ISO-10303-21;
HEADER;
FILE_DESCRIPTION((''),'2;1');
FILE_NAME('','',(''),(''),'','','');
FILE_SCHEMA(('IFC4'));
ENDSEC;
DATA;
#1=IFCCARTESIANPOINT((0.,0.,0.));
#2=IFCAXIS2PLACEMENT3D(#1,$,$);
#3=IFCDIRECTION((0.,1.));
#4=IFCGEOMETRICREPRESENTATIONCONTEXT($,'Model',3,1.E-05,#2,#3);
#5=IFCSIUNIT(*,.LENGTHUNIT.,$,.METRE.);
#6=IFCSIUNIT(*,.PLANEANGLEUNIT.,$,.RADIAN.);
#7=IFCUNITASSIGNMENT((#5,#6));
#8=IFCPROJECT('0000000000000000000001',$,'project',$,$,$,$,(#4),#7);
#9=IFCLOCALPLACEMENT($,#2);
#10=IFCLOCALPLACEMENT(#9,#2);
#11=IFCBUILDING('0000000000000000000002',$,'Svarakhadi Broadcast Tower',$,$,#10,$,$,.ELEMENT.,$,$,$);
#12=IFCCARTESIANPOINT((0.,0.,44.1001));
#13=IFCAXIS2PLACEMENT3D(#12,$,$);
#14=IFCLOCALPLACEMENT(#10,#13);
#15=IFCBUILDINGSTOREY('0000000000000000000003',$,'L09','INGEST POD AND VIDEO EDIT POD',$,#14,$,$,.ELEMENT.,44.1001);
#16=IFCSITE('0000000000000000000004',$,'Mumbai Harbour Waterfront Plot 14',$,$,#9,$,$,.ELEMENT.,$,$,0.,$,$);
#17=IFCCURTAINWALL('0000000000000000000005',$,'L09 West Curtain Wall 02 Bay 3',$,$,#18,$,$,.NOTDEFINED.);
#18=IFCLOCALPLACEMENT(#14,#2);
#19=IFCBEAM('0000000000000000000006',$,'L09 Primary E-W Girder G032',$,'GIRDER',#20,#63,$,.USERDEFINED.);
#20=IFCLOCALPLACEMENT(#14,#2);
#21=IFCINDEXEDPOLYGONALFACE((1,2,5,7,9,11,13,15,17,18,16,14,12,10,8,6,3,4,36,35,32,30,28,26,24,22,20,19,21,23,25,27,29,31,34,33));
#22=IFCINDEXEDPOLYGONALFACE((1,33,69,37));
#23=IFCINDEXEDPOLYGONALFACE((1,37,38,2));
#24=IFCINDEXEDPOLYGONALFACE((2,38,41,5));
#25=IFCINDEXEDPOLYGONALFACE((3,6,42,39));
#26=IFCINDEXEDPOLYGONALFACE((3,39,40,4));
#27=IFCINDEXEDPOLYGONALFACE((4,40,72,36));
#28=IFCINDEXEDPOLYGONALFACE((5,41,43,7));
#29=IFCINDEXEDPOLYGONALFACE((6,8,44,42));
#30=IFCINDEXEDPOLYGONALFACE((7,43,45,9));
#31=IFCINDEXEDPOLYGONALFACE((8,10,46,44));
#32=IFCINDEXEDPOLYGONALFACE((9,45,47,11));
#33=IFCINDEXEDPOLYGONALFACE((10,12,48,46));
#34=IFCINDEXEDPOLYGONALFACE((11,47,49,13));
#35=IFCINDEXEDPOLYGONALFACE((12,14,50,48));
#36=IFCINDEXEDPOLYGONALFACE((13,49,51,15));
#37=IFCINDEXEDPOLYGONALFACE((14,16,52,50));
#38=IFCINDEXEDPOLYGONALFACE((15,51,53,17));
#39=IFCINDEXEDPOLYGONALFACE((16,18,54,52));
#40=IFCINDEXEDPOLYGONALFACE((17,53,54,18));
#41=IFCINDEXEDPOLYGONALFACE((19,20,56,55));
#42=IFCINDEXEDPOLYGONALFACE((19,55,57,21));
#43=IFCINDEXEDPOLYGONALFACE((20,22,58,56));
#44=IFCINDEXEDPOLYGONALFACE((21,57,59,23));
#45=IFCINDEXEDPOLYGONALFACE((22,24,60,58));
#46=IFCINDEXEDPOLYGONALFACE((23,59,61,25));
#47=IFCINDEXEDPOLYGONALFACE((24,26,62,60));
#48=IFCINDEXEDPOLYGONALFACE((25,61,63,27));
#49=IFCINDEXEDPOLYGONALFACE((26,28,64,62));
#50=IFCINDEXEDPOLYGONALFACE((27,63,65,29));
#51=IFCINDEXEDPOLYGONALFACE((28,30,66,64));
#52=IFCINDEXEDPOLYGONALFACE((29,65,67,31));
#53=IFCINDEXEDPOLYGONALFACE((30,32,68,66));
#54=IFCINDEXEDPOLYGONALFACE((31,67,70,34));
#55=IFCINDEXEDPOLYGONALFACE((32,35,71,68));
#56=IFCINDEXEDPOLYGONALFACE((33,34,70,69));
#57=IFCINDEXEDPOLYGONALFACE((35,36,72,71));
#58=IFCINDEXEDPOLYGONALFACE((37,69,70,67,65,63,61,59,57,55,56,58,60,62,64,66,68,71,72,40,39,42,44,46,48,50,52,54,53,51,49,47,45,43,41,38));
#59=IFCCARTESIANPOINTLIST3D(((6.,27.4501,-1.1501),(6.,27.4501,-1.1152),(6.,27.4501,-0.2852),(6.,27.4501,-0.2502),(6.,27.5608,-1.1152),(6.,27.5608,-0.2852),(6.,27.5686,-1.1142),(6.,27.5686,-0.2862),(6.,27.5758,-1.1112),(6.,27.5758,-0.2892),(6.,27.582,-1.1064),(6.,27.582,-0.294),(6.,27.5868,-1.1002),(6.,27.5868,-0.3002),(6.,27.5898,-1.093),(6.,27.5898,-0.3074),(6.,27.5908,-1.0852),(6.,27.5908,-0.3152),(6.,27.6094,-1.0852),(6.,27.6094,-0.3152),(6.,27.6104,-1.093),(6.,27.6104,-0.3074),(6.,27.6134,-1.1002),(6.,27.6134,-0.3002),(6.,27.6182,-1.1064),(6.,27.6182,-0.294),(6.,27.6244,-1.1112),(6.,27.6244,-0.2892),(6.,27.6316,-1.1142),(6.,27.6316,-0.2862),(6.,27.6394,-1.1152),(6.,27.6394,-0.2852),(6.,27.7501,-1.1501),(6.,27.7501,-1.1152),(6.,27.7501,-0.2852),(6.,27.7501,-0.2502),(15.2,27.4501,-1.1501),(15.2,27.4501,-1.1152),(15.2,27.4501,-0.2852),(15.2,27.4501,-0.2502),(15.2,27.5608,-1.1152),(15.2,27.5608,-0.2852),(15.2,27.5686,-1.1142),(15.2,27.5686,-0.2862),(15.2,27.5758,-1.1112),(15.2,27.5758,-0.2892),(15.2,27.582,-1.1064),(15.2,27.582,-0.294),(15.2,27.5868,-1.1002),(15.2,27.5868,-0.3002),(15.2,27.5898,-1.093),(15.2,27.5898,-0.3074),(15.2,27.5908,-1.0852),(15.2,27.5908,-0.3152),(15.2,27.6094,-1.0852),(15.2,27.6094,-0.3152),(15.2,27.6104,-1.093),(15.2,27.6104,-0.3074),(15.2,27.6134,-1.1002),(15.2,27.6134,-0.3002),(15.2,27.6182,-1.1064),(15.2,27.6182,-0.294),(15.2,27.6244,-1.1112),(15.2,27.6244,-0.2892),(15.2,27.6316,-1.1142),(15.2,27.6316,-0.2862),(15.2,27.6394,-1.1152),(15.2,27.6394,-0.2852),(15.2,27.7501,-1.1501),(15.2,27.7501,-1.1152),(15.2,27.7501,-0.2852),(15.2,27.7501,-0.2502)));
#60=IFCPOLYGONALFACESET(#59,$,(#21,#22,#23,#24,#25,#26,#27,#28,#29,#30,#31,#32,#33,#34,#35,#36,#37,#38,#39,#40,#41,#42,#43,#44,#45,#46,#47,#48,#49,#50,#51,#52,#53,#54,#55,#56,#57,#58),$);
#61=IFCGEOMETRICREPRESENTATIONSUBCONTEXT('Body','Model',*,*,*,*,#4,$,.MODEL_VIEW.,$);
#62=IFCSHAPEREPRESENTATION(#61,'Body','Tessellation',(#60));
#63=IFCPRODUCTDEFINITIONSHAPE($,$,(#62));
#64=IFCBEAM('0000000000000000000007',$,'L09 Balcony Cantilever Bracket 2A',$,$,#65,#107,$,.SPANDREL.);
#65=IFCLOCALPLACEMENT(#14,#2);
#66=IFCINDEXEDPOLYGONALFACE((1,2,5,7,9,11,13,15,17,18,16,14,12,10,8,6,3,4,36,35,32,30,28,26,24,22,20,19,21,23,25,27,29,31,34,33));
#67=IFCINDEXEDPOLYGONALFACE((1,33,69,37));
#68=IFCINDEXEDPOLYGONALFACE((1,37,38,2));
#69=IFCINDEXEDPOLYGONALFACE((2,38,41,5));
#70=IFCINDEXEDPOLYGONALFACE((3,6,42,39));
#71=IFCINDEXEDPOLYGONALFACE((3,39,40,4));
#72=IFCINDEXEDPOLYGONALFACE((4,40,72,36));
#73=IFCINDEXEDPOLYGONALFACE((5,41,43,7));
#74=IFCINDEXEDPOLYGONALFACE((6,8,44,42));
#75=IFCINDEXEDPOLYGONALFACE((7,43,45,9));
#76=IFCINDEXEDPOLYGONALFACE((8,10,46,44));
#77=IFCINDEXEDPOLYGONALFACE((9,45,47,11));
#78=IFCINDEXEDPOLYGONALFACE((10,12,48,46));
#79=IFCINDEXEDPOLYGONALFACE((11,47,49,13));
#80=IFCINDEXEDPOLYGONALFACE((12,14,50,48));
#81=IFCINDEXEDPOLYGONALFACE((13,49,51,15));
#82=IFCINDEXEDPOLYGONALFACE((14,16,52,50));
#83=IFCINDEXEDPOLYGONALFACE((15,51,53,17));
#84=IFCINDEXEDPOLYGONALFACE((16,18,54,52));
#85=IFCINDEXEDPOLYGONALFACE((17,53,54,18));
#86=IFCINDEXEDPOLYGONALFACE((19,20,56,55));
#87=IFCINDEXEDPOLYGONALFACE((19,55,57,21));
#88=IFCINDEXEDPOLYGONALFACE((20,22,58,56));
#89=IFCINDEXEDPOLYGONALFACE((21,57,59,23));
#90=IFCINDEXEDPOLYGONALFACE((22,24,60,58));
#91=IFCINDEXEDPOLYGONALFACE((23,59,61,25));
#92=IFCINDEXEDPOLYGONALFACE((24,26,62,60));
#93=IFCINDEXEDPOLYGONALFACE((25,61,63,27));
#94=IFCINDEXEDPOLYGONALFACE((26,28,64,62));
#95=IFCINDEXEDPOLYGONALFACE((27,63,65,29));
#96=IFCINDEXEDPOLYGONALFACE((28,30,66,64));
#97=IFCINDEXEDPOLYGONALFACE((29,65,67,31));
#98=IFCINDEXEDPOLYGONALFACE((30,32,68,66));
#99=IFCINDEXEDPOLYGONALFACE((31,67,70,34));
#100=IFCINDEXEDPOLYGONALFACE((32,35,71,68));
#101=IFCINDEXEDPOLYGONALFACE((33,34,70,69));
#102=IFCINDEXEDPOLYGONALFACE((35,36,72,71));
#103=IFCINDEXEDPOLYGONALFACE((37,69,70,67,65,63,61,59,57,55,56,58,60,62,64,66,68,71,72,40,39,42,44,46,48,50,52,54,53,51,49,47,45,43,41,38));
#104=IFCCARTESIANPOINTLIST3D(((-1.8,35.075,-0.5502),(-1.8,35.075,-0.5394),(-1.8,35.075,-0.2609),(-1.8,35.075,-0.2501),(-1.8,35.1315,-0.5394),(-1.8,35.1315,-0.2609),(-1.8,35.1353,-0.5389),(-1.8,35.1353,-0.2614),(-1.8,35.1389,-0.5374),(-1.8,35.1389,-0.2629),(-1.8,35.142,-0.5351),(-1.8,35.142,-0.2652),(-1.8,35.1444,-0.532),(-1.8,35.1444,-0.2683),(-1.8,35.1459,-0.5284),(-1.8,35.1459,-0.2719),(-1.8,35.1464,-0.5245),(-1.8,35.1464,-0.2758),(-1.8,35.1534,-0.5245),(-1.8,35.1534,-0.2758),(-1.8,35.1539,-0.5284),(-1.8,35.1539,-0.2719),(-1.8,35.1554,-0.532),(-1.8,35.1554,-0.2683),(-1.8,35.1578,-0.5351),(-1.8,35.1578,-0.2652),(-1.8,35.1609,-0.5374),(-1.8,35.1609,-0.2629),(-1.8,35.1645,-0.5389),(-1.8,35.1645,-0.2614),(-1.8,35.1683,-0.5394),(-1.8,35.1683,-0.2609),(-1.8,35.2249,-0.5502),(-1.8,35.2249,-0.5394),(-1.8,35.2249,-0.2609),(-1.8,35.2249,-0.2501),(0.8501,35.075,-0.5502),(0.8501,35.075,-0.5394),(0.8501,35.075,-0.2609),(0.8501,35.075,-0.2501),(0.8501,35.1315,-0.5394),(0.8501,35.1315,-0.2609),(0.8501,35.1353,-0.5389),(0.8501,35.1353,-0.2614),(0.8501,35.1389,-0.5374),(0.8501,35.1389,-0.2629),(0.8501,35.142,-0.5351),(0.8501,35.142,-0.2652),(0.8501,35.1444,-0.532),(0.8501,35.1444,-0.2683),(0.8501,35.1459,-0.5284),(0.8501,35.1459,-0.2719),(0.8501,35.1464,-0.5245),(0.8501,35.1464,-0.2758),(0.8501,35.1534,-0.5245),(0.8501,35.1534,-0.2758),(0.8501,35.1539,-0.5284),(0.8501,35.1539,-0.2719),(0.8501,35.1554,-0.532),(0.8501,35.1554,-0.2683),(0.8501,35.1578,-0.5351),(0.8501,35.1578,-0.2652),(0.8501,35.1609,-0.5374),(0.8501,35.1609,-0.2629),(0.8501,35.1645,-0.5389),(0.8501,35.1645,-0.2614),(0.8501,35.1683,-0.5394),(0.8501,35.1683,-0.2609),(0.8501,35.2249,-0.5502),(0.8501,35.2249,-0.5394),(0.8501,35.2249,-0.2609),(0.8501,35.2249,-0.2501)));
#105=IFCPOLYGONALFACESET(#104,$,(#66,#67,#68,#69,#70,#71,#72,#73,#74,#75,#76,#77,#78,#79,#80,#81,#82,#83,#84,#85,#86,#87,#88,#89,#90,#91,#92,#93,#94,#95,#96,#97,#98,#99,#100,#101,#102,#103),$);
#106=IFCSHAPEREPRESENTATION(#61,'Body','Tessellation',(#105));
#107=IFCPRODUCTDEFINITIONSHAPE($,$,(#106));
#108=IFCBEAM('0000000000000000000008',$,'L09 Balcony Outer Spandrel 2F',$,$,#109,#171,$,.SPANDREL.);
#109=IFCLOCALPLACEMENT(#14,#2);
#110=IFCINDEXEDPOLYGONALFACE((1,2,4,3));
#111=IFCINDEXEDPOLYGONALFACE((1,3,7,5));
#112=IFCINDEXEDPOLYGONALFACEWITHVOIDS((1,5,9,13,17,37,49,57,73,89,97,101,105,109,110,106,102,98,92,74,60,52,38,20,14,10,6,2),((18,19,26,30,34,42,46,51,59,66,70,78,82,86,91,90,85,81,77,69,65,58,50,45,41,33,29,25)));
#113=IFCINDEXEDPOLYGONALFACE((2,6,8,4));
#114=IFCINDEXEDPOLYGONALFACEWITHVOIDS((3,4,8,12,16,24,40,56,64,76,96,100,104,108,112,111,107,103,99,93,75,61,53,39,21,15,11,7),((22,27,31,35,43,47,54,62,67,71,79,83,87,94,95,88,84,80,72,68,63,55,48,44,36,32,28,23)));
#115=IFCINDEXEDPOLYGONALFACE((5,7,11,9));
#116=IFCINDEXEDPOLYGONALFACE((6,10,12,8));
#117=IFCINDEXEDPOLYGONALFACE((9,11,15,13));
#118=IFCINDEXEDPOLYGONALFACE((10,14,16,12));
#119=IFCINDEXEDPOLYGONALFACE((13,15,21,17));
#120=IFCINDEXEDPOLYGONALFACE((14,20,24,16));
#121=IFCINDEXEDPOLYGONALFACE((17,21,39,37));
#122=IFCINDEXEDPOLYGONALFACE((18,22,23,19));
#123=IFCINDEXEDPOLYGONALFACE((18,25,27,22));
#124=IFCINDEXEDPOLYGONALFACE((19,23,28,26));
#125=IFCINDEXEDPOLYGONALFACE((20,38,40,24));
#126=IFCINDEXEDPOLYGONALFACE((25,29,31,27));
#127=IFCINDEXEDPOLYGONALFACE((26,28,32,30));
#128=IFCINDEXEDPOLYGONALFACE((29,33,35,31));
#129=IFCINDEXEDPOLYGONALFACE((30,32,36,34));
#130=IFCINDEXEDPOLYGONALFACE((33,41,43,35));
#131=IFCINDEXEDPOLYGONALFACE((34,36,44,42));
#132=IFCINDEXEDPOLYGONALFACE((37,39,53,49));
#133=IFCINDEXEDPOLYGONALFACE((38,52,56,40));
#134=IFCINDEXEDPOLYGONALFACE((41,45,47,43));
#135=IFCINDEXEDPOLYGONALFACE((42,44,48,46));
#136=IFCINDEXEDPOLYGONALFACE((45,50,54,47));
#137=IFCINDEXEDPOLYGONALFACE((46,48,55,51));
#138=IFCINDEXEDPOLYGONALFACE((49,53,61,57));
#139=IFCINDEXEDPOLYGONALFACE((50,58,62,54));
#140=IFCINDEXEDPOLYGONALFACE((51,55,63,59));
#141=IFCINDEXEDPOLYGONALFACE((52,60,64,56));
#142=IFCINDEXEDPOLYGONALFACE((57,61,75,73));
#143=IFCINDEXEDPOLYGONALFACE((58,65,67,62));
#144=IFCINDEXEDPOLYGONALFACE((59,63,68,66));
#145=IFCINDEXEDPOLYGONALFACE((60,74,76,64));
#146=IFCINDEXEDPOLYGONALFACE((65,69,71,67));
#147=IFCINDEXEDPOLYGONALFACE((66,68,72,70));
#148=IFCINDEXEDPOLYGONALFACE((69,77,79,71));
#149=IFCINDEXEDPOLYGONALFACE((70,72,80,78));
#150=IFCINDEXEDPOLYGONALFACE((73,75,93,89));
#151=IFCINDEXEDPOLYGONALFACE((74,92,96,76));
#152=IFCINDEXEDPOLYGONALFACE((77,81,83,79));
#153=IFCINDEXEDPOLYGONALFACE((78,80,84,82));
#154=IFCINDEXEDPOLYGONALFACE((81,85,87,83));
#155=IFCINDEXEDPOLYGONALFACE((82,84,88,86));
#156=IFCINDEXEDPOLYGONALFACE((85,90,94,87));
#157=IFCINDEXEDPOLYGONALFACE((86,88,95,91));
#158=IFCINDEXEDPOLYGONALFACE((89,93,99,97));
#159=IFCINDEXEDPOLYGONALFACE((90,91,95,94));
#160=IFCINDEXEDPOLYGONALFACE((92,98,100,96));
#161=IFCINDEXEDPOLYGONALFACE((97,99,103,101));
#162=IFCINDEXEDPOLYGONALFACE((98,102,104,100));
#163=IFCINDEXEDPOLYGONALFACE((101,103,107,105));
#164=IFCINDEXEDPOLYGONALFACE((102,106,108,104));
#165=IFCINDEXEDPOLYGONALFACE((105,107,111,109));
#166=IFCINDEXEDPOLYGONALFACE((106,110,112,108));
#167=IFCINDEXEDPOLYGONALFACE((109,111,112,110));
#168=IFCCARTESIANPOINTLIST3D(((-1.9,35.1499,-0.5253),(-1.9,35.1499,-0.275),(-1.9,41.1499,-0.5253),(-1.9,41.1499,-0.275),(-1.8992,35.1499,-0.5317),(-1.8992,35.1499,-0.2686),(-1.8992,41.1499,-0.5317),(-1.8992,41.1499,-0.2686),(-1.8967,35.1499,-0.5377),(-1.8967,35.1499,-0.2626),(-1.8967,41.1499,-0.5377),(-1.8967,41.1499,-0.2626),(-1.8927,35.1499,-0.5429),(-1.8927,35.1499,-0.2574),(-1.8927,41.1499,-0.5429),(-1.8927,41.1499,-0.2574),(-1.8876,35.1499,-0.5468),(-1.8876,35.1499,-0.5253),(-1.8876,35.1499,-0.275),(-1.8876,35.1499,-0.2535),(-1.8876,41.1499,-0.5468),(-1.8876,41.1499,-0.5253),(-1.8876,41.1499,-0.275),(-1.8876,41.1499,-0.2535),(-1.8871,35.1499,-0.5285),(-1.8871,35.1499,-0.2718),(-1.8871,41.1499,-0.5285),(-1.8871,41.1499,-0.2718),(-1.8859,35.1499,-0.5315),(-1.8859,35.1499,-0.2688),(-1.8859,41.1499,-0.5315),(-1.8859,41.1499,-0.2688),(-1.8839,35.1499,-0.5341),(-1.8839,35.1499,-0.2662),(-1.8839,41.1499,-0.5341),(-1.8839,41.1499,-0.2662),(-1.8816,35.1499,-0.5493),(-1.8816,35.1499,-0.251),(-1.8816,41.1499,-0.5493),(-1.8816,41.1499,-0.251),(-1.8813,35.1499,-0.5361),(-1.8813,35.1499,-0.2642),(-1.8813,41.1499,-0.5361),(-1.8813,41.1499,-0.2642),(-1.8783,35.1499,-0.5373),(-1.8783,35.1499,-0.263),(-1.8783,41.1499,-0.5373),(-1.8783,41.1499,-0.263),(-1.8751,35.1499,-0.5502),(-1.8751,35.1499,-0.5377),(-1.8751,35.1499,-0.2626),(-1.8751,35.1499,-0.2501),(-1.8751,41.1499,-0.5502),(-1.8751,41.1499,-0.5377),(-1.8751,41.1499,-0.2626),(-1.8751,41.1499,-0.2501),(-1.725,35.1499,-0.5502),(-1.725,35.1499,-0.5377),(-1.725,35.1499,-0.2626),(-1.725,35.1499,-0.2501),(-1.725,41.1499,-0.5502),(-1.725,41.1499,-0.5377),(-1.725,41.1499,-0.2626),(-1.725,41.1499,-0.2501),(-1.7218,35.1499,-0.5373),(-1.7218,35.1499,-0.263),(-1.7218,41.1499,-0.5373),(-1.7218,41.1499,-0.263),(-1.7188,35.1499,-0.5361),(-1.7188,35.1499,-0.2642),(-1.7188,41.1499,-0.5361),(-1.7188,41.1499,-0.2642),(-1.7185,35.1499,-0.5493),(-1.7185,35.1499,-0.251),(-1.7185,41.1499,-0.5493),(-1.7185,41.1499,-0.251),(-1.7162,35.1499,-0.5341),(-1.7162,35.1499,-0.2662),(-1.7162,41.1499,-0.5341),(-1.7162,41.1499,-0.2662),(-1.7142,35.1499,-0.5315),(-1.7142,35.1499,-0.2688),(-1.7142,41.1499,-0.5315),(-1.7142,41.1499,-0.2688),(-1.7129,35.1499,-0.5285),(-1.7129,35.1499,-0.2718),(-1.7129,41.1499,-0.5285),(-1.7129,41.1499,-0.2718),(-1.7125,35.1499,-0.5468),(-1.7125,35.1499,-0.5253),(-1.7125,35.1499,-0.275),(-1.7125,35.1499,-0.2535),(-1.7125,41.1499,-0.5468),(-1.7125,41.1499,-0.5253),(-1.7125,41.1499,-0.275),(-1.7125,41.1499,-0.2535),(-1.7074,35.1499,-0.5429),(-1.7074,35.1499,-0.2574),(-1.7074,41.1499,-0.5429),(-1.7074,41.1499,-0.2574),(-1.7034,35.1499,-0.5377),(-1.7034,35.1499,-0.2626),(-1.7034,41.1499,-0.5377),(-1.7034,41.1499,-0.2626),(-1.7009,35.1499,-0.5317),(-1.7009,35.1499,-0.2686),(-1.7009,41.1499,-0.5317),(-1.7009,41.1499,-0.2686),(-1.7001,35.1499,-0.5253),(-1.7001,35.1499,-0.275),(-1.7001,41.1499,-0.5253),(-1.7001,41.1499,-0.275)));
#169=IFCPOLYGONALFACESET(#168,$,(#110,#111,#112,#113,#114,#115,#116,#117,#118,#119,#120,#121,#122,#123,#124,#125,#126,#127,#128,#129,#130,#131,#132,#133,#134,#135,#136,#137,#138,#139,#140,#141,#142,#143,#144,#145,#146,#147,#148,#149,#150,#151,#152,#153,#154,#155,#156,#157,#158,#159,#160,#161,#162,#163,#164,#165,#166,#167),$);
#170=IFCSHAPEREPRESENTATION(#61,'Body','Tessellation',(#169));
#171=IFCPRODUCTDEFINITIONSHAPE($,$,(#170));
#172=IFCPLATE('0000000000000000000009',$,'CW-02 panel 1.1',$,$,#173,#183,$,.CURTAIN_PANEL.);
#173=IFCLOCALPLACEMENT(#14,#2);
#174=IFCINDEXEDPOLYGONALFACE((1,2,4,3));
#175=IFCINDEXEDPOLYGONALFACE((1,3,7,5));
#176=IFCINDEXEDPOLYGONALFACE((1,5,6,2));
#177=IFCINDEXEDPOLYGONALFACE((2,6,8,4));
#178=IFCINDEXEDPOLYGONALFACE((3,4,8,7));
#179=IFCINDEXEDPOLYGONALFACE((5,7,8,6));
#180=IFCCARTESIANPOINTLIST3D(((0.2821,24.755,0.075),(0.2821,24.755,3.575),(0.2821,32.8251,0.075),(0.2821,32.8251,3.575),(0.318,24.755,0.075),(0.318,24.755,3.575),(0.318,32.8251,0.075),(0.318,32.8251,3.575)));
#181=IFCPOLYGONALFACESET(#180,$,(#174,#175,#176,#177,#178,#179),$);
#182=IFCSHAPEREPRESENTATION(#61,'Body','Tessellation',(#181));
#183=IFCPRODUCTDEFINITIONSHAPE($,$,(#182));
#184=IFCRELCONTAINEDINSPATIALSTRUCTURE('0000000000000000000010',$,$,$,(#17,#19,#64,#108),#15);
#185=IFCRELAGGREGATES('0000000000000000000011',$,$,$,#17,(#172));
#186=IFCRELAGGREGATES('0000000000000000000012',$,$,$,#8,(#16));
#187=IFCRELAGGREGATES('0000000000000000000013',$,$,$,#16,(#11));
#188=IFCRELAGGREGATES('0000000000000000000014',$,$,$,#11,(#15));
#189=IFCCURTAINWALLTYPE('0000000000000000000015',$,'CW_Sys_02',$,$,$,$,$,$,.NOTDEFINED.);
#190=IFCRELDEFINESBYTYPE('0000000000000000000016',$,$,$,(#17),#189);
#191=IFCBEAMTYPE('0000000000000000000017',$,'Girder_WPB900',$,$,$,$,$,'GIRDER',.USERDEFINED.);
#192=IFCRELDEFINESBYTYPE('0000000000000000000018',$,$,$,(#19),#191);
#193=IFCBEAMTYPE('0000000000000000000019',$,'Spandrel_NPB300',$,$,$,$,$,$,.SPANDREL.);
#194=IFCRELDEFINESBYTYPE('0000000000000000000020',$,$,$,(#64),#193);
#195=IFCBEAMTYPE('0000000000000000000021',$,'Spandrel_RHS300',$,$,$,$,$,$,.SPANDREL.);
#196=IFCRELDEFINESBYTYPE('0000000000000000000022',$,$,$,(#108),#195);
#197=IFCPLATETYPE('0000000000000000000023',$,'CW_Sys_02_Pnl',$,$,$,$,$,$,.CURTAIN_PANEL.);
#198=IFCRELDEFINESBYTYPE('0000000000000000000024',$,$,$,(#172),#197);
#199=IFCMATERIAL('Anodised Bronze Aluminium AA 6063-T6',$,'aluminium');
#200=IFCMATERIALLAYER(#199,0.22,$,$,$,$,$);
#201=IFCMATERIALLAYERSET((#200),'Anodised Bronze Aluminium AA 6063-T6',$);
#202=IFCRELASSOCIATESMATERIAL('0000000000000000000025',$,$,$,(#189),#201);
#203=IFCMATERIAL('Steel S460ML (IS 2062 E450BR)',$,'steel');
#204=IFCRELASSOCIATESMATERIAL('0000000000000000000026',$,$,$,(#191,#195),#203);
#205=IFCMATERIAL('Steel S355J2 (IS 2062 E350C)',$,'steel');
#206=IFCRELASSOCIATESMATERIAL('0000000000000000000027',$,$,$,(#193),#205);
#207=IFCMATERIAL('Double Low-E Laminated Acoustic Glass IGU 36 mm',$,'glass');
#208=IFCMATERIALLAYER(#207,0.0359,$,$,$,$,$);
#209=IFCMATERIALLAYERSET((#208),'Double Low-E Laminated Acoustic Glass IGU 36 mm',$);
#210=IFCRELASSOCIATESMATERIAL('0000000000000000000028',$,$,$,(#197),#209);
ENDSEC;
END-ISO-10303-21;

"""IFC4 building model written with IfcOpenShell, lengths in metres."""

from ifc_helpers import new_model, si_unit, direction, frame, origin, origin_2d, place, context, subcontext, project, spatial, rectangle, hollow_rectangle, i_section, extrude, material, layer, layer_set, material_profile, profile_set, type_object, element, aggregate, save


model = new_model("IFC4")

# Units and contexts
model_context = context("Model", 3, precision=1e-05, world=origin(), true_north=direction((0.0, 1.0)))
body_context = subcontext(model_context, "Body", "Model", "MODEL_VIEW")
ifc_project = project(units=[si_unit("LENGTHUNIT", "METRE"), si_unit("PLANEANGLEUNIT", "RADIAN")], contexts=[model_context])

# Site, building, storey
site_placement = place(None, origin())
site = spatial("IfcSite", under=ifc_project, at=site_placement, Name="Mumbai Harbour Waterfront Plot 14", CompositionType="ELEMENT", RefElevation=0.0)
building_placement = place(site_placement, origin())
building = spatial("IfcBuilding", under=site, at=building_placement, Name="Svarakhadi Broadcast Tower", CompositionType="ELEMENT")
storey_placement = place(building_placement, frame((0.0, 0.0, 44.1001)))
storey = spatial("IfcBuildingStorey", under=building, at=storey_placement, Name="L09", Description="INGEST POD AND VIDEO EDIT POD", CompositionType="ELEMENT", Elevation=44.1001)

# Shared definitions
ifc_material_1 = material(Name="Steel S460ML (IS 2062 E450BR)", Category="steel")

# Shared definitions
ifc_material_2 = material(Name="Steel S355J2 (IS 2062 E350C)", Category="steel")

# Curtain wall
ifc_material_3 = material(Name="Anodised Bronze Aluminium AA 6063-T6", Category="aluminium")
ifc_layer_1 = layer(ifc_material_3, 0.22)
ifc_layer_set_1 = layer_set([ifc_layer_1], Name="Anodised Bronze Aluminium AA 6063-T6")
curtain_wall_type = type_object("IfcCurtainWallType", Name="CW_Sys_02", PredefinedType="NOTDEFINED", material=ifc_layer_set_1)
curtain_wall_placement = place(storey_placement, origin())
curtain_wall = element("IfcCurtainWall", 1, at=curtain_wall_placement, inside=storey, type_object=curtain_wall_type, Name="L09 West Curtain Wall 02 Bay 3", PredefinedType="NOTDEFINED")

# Beams
ifc_material_profile_1 = material_profile(ifc_material_1, i_section(OverallWidth=0.3, OverallDepth=0.8999, WebThickness=0.0186, FlangeThickness=0.0349, FilletRadius=0.03, at=origin_2d()), Name="WPB 900x300x291")
ifc_profile_set_1 = profile_set([ifc_material_profile_1], Name="Steel S460ML (IS 2062 E450BR)")
beam_type_1 = type_object("IfcBeamType", Name="Girder_WPB900", ElementType="GIRDER", PredefinedType="USERDEFINED", material=ifc_profile_set_1)
beam_1_placement = place(storey_placement, frame((6.0, 27.6001, -0.7002), z_axis=(1.0, 0.0, 0.0), x_axis=(0.0, 1.0, 0.0)))
element("IfcBeam", 2, at=beam_1_placement, inside=storey, type_object=beam_type_1, Name="L09 Primary E-W Girder G032", ObjectType="GIRDER", PredefinedType="USERDEFINED", context=body_context, shape_type="SweptSolid", body=[
    extrude(i_section(OverallWidth=0.3, OverallDepth=0.8999, WebThickness=0.0186, FlangeThickness=0.0349, FilletRadius=0.03, at=origin_2d()), origin(), (0.0, 0.0, 1.0), 9.2),
])
ifc_material_profile_2 = material_profile(ifc_material_2, i_section(OverallWidth=0.1499, OverallDepth=0.3, WebThickness=0.0071, FlangeThickness=0.0107, FilletRadius=0.0149, at=origin_2d()), Name="NPB 300x150x37")
ifc_profile_set_2 = profile_set([ifc_material_profile_2], Name="Steel S355J2 (IS 2062 E350C)")
beam_type_2 = type_object("IfcBeamType", Name="Spandrel_NPB300", PredefinedType="SPANDREL", material=ifc_profile_set_2)
beam_2_placement = place(storey_placement, frame((0.8501, 35.1499, -0.4001), z_axis=(-1.0, 0.0, 0.0), x_axis=(0.0, -1.0, 0.0)))
element("IfcBeam", 3, at=beam_2_placement, inside=storey, type_object=beam_type_2, Name="L09 Balcony Cantilever Bracket 2A", PredefinedType="SPANDREL", context=body_context, shape_type="SweptSolid", body=[
    extrude(i_section(OverallWidth=0.1499, OverallDepth=0.3, WebThickness=0.0071, FlangeThickness=0.0107, FilletRadius=0.0149, at=origin_2d()), origin(), (0.0, 0.0, 1.0), 2.6501),
])
ifc_material_profile_3 = material_profile(ifc_material_1, hollow_rectangle(XDim=0.2, YDim=0.3, WallThickness=0.0125, InnerFilletRadius=0.0125, OuterFilletRadius=0.0249, at=origin_2d()), Name="RHS 300x200x12.5")
ifc_profile_set_3 = profile_set([ifc_material_profile_3], Name="Steel S460ML (IS 2062 E450BR)")
beam_type_3 = type_object("IfcBeamType", Name="Spandrel_RHS300", PredefinedType="SPANDREL", material=ifc_profile_set_3)
beam_3_placement = place(storey_placement, frame((-1.8, 35.1499, -0.4001), z_axis=(0.0, 1.0, 0.0), x_axis=(-1.0, 0.0, 0.0)))
element("IfcBeam", 4, at=beam_3_placement, inside=storey, type_object=beam_type_3, Name="L09 Balcony Outer Spandrel 2F", PredefinedType="SPANDREL", context=body_context, shape_type="SweptSolid", body=[
    extrude(hollow_rectangle(XDim=0.2, YDim=0.3, WallThickness=0.0125, InnerFilletRadius=0.0125, OuterFilletRadius=0.0249, at=origin_2d()), origin(), (0.0, 0.0, 1.0), 6.0),
])

# Plate
ifc_material_4 = material(Name="Double Low-E Laminated Acoustic Glass IGU 36 mm", Category="glass")
ifc_layer_2 = layer(ifc_material_4, 0.0359)
ifc_layer_set_2 = layer_set([ifc_layer_2], Name="Double Low-E Laminated Acoustic Glass IGU 36 mm")
plate_type_1 = type_object("IfcPlateType", Name="CW_Sys_02_Pnl", PredefinedType="CURTAIN_PANEL", material=ifc_layer_set_2)
plate_1_placement = place(storey_placement, frame((0.3, 28.79, 0.075), z_axis=(0.0, 0.0, 1.0), x_axis=(0.0, 1.0, 0.0)))
plate_1 = element("IfcPlate", 5, at=plate_1_placement, type_object=plate_type_1, Name="CW-02 panel 1.1", PredefinedType="CURTAIN_PANEL", context=body_context, shape_type="SweptSolid", body=[
    extrude(rectangle(XDim=8.0701, YDim=0.0359, at=origin_2d()), origin(), (0.0, 0.0, 1.0), 3.5),
])
aggregate(curtain_wall, [plate_1])

save(model, "model.ifc")
